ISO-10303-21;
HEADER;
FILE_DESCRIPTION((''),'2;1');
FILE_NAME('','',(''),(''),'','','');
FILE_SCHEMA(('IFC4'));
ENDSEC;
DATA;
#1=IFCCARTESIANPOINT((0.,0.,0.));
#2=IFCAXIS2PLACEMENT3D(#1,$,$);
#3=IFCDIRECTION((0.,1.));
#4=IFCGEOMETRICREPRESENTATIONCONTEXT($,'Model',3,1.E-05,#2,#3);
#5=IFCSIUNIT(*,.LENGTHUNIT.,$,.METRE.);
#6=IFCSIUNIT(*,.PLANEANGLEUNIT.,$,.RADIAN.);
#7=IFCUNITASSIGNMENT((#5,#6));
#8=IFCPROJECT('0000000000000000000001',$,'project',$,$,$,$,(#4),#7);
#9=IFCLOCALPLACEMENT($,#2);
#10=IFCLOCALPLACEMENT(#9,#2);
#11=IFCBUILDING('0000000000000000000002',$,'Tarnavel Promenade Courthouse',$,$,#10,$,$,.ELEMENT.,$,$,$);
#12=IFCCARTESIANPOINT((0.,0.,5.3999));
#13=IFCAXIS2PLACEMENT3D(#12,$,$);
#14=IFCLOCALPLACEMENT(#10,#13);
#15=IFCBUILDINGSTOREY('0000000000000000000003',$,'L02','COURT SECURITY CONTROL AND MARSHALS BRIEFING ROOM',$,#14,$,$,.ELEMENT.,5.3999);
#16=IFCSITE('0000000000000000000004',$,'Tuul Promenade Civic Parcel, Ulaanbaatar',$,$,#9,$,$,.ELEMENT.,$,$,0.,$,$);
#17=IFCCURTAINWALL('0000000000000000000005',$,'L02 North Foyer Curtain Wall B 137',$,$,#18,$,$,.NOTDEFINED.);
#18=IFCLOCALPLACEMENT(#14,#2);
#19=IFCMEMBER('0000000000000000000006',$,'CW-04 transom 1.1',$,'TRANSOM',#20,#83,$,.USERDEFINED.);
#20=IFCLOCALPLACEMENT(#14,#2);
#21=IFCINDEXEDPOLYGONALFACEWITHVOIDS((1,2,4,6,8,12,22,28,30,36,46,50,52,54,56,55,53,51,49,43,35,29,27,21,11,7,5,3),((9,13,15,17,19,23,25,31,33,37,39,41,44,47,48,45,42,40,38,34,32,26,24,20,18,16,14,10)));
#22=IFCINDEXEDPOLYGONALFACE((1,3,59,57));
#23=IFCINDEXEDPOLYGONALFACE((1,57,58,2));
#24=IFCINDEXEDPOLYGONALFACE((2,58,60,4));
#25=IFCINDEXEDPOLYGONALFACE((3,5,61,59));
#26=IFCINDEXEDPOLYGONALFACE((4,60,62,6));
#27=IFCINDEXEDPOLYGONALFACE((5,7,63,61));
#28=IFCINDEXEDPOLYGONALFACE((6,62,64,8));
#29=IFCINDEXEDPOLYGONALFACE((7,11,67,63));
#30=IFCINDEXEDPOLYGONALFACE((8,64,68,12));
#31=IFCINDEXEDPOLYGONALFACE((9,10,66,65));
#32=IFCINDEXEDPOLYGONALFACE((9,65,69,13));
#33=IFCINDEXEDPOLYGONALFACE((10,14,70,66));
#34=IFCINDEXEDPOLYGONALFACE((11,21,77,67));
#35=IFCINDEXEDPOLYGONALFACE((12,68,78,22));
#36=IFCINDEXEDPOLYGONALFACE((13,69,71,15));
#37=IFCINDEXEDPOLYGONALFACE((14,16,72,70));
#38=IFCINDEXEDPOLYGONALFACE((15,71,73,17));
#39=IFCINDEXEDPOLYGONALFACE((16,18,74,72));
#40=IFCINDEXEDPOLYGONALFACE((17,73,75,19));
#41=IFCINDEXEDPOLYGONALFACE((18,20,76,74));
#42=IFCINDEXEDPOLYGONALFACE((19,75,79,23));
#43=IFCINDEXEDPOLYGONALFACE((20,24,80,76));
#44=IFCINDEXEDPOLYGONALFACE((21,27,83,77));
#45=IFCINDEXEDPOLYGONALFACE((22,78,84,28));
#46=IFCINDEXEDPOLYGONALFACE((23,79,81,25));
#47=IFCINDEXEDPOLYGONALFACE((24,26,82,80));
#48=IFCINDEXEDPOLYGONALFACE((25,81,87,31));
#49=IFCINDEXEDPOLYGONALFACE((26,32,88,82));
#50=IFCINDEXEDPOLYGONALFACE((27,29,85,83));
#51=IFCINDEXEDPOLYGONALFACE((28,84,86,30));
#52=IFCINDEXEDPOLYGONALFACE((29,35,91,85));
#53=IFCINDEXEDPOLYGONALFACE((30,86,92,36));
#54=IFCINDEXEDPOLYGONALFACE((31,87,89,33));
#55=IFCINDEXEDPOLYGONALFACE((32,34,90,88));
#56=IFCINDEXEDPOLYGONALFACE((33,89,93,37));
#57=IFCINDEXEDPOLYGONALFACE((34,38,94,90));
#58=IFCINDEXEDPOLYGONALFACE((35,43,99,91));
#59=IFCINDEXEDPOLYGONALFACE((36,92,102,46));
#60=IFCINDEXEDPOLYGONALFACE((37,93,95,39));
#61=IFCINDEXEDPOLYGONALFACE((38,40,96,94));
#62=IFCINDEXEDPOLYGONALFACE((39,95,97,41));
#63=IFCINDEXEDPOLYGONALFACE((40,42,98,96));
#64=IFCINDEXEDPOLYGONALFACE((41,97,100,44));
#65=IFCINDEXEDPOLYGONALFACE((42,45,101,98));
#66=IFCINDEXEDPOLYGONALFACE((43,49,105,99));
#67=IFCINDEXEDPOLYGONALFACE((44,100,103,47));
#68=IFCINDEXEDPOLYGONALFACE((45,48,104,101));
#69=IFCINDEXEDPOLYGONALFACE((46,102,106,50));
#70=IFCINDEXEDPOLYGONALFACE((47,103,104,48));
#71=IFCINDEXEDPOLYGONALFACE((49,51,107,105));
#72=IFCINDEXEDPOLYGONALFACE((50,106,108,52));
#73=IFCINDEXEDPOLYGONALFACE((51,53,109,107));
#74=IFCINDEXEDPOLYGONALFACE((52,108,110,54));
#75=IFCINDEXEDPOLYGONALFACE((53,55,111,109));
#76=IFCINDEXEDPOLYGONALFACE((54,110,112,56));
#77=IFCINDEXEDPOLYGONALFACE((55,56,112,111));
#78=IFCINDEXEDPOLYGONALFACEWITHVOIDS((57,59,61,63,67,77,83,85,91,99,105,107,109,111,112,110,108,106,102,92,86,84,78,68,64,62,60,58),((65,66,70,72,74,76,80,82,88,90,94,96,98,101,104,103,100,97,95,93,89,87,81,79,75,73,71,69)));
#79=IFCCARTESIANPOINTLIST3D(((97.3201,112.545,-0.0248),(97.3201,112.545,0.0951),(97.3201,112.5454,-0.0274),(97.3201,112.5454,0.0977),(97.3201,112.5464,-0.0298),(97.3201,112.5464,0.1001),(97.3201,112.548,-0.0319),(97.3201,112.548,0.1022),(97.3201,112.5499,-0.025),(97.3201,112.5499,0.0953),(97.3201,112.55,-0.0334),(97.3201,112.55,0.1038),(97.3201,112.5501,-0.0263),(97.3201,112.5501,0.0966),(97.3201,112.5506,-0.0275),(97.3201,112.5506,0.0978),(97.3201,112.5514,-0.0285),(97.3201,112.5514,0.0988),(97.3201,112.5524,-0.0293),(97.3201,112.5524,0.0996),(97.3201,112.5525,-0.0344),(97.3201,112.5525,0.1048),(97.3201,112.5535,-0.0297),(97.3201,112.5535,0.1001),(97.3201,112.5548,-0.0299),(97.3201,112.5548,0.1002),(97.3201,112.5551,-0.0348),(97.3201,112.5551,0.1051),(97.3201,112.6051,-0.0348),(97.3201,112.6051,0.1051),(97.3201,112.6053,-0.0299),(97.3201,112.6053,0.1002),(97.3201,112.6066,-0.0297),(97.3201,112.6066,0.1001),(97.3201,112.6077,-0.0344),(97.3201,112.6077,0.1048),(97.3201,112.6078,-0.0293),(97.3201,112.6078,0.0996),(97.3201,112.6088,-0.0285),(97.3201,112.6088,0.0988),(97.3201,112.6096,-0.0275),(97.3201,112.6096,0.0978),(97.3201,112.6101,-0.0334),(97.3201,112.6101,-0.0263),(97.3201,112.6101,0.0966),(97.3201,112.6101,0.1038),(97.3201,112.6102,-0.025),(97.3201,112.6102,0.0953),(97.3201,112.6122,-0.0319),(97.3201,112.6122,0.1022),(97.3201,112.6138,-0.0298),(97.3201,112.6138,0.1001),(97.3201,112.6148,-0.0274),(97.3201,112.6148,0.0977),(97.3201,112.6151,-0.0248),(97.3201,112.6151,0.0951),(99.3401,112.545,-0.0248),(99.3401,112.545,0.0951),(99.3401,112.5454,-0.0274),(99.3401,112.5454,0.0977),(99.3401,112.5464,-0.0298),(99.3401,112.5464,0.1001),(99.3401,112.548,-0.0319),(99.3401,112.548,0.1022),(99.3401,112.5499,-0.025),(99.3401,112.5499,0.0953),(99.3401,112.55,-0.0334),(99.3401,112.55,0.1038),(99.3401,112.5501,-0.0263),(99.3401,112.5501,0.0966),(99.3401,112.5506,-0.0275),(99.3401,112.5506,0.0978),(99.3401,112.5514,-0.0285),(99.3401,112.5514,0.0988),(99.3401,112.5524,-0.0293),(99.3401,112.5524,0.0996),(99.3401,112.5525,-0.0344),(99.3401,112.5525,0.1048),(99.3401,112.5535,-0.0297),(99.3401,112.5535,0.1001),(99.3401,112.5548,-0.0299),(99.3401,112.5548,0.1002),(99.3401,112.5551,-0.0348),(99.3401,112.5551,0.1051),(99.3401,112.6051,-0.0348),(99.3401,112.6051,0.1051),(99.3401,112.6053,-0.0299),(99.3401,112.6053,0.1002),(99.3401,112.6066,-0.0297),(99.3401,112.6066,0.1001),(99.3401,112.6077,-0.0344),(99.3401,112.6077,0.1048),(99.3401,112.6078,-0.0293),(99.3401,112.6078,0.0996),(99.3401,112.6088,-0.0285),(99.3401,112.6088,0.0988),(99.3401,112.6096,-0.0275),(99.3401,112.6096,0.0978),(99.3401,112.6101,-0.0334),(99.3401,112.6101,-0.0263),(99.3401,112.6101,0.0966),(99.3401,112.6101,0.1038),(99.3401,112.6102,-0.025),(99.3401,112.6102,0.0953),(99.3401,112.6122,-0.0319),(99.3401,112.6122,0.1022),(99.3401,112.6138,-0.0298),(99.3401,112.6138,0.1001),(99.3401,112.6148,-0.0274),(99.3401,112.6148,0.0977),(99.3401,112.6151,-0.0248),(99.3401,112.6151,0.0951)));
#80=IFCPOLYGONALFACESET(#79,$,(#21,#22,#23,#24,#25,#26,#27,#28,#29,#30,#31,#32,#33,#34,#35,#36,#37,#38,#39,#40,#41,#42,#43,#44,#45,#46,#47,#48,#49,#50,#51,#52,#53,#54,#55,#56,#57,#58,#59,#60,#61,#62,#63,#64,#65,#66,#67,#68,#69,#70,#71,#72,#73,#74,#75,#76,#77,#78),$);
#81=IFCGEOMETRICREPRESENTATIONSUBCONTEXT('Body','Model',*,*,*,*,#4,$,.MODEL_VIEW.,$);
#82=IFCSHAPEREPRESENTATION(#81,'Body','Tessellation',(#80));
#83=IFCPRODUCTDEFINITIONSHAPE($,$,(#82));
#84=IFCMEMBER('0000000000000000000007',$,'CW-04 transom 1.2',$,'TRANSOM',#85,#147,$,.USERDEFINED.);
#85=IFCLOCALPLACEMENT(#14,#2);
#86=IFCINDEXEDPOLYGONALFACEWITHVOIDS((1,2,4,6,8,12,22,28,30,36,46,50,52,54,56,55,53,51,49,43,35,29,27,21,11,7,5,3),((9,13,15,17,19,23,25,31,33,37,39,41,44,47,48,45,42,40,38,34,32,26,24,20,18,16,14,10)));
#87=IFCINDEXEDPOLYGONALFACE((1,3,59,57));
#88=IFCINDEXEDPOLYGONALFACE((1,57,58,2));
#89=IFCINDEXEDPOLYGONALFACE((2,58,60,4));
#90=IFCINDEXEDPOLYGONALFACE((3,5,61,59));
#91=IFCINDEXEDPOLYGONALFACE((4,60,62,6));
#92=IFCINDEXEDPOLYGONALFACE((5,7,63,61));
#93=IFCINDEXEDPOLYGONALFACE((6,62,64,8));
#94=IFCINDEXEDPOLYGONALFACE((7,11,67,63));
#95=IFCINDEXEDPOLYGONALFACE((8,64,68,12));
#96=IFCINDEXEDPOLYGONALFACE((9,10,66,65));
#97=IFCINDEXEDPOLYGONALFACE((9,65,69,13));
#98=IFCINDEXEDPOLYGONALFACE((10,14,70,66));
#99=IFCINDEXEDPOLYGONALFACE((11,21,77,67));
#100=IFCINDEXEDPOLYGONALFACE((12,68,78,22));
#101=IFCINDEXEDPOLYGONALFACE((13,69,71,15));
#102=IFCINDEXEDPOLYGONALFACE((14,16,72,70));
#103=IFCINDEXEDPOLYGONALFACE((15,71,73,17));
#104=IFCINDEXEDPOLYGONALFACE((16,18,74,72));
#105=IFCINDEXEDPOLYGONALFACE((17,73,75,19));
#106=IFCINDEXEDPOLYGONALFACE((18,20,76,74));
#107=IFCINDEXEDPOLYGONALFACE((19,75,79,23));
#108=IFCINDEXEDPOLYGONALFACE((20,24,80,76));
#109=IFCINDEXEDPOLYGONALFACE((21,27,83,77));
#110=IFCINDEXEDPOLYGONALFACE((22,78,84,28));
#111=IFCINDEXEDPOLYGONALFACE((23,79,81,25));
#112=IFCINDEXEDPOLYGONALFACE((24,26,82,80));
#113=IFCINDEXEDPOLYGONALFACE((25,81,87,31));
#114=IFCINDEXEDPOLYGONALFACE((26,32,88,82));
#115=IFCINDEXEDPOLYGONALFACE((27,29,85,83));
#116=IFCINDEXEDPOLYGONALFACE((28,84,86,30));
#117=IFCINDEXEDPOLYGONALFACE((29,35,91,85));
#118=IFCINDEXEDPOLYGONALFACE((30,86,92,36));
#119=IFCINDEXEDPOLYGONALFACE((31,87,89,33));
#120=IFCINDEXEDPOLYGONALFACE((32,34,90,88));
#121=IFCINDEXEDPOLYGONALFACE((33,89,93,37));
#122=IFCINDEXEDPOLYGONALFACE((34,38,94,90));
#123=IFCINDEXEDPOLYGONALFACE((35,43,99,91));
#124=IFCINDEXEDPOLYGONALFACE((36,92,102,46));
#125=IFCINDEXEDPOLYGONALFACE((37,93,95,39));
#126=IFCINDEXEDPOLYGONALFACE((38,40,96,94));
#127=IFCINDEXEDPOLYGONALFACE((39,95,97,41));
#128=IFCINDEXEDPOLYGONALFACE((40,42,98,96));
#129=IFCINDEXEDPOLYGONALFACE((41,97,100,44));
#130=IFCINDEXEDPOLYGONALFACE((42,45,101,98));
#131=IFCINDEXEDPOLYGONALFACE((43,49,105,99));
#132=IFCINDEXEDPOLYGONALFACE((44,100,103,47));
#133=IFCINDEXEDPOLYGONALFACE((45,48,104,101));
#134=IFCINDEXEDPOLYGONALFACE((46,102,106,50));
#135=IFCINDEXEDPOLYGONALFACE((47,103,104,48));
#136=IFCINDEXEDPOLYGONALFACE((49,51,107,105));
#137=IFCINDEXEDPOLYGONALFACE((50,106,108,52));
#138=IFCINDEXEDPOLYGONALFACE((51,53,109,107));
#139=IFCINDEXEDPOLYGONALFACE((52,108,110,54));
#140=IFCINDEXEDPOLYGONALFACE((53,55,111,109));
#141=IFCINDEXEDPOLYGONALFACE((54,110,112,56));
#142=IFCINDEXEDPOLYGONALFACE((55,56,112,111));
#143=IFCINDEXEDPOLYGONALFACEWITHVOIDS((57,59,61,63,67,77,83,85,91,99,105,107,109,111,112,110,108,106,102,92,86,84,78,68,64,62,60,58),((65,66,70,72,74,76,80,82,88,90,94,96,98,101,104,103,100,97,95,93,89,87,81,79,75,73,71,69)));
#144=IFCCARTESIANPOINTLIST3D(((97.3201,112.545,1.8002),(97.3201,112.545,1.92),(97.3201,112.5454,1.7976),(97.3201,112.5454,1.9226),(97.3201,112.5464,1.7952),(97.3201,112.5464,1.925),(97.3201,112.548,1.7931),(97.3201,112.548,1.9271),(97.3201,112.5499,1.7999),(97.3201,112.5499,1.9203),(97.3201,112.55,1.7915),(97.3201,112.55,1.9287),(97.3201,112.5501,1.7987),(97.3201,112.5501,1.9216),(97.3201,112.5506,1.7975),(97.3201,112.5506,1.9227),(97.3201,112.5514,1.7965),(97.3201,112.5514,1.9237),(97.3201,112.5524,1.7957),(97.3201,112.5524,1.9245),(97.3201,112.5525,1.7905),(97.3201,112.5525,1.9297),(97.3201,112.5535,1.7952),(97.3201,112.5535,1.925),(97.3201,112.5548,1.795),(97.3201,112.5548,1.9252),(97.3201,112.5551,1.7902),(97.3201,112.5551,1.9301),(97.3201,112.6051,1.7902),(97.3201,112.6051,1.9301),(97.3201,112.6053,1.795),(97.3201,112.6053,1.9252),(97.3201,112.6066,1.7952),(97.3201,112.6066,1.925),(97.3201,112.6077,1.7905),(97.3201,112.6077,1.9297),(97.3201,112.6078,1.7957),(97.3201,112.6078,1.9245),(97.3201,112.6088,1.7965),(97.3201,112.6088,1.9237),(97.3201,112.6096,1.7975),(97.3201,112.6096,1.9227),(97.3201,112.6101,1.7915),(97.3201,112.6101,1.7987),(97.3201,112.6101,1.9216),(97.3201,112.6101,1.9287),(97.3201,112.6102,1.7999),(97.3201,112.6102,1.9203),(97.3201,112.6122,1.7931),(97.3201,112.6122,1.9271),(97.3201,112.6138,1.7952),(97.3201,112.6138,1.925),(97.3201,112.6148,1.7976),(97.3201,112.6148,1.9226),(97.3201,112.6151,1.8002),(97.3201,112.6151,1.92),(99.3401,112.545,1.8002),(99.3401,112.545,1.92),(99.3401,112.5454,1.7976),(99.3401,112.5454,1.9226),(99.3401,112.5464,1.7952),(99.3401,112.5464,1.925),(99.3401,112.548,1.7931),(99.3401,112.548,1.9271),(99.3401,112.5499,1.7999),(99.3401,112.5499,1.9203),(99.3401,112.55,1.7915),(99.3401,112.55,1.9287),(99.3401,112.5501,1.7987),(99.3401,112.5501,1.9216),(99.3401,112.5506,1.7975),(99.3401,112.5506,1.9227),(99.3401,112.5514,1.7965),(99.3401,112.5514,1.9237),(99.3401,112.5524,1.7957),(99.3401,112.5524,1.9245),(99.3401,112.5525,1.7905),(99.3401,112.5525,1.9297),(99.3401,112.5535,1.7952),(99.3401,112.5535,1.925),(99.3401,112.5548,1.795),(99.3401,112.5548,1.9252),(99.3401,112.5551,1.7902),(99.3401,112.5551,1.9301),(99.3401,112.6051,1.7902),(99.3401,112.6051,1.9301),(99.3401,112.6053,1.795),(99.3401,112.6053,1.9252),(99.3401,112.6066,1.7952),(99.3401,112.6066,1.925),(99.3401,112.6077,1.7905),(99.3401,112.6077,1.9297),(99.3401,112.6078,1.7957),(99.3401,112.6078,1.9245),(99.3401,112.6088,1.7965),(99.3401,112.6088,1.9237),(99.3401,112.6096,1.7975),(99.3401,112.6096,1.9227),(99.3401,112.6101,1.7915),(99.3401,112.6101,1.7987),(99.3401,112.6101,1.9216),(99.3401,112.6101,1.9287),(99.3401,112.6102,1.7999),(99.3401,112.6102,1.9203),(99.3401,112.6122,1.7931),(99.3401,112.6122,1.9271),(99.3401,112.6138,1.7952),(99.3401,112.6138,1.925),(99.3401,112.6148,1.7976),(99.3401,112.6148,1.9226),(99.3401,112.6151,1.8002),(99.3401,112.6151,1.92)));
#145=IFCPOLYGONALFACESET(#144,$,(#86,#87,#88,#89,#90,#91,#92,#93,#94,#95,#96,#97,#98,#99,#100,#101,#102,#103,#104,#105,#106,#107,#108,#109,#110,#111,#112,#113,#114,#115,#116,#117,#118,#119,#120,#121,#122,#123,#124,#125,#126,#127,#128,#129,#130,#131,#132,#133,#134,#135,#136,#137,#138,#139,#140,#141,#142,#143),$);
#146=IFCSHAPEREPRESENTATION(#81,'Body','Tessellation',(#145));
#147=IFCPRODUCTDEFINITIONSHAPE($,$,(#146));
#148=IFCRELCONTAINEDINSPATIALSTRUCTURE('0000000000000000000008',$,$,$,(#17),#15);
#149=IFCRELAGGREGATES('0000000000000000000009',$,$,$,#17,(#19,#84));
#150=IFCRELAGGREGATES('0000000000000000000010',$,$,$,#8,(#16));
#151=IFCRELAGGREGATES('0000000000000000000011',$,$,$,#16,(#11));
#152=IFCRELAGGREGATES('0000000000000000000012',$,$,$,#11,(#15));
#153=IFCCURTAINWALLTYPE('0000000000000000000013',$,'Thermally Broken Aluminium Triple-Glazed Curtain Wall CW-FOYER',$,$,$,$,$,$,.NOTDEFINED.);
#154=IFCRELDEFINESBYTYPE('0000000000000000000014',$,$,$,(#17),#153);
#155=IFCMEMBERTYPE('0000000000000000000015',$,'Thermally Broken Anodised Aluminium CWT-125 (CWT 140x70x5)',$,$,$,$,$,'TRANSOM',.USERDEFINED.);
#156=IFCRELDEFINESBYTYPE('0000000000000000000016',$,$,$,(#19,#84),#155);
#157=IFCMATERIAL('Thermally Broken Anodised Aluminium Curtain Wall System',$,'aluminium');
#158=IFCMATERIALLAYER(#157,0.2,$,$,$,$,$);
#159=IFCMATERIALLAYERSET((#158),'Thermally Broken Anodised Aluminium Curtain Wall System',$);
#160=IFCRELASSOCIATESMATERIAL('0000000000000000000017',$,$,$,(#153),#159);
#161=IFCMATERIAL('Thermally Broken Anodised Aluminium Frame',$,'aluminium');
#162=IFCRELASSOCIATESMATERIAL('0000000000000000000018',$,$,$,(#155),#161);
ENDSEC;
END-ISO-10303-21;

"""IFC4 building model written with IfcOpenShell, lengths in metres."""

from ifc_helpers import new_model, si_unit, direction, frame, origin, origin_2d, place, context, subcontext, project, spatial, hollow_rectangle, extrude, material, layer, layer_set, material_profile, profile_set, type_object, element, aggregate, save


model = new_model("IFC4")

# Units and contexts
model_context = context("Model", 3, precision=1e-05, world=origin(), true_north=direction((0.0, 1.0)))
body_context = subcontext(model_context, "Body", "Model", "MODEL_VIEW")
ifc_project = project(units=[si_unit("LENGTHUNIT", "METRE"), si_unit("PLANEANGLEUNIT", "RADIAN")], contexts=[model_context])

# Site, building, storey
site_placement = place(None, origin())
site = spatial("IfcSite", under=ifc_project, at=site_placement, Name="Tuul Promenade Civic Parcel, Ulaanbaatar", CompositionType="ELEMENT", RefElevation=0.0)
building_placement = place(site_placement, origin())
building = spatial("IfcBuilding", under=site, at=building_placement, Name="Tarnavel Promenade Courthouse", CompositionType="ELEMENT")
storey_placement = place(building_placement, frame((0.0, 0.0, 5.3999)))
storey = spatial("IfcBuildingStorey", under=building, at=storey_placement, Name="L02", Description="COURT SECURITY CONTROL AND MARSHALS BRIEFING ROOM", CompositionType="ELEMENT", Elevation=5.3999)

# Shared definitions
ifc_material_1 = material(Name="Thermally Broken Anodised Aluminium Curtain Wall System", Category="aluminium")
ifc_layer_1 = layer(ifc_material_1, 0.2)
ifc_layer_set_1 = layer_set([ifc_layer_1], Name="Thermally Broken Anodised Aluminium Curtain Wall System")
curtain_wall_type = type_object("IfcCurtainWallType", Name="Thermally Broken Aluminium Triple-Glazed Curtain Wall CW-FOYER", PredefinedType="NOTDEFINED", material=ifc_layer_set_1)
ifc_material_2 = material(Name="Thermally Broken Anodised Aluminium Frame", Category="aluminium")

# Curtain wall, members
curtain_wall_1_placement = place(storey_placement, origin())
curtain_wall_1 = element("IfcCurtainWall", 1, at=curtain_wall_1_placement, inside=storey, type_object=curtain_wall_type, Name="L02 North Foyer Curtain Wall B 137", PredefinedType="NOTDEFINED")
ifc_material_profile_1 = material_profile(ifc_material_2, hollow_rectangle(XDim=0.0701, YDim=0.1399, WallThickness=0.0049, InnerFilletRadius=0.0049, OuterFilletRadius=0.01, at=origin_2d()), Name="CWT 140x70x5")
ifc_profile_set_1 = profile_set([ifc_material_profile_1], Name="Thermally Broken Anodised Aluminium Frame")
member_type_1 = type_object("IfcMemberType", Name="Thermally Broken Anodised Aluminium CWT-125 (CWT 140x70x5)", ElementType="TRANSOM", PredefinedType="USERDEFINED", material=ifc_profile_set_1)
member_1_placement = place(storey_placement, frame((97.3201, 112.5801, 0.0352), z_axis=(1.0, 0.0, 0.0), x_axis=(0.0, 1.0, 0.0)))
member_1 = element("IfcMember", 2, at=member_1_placement, type_object=member_type_1, Name="CW-04 transom 1.1", ObjectType="TRANSOM", PredefinedType="USERDEFINED", context=body_context, shape_type="SweptSolid", body=[
    extrude(hollow_rectangle(XDim=0.0701, YDim=0.1399, WallThickness=0.0049, InnerFilletRadius=0.0049, OuterFilletRadius=0.01, at=origin_2d()), origin(), (0.0, 0.0, 1.0), 2.02),
])
member_2_placement = place(storey_placement, frame((97.3201, 112.5801, 1.8601), z_axis=(1.0, 0.0, 0.0), x_axis=(0.0, 1.0, 0.0)))
member_2 = element("IfcMember", 3, at=member_2_placement, type_object=member_type_1, Name="CW-04 transom 1.2", ObjectType="TRANSOM", PredefinedType="USERDEFINED", context=body_context, shape_type="SweptSolid", body=[
    extrude(hollow_rectangle(XDim=0.0701, YDim=0.1399, WallThickness=0.0049, InnerFilletRadius=0.0049, OuterFilletRadius=0.01, at=origin_2d()), origin(), (0.0, 0.0, 1.0), 2.02),
])
aggregate(curtain_wall_1, [member_1, member_2])

save(model, "model.ifc")
